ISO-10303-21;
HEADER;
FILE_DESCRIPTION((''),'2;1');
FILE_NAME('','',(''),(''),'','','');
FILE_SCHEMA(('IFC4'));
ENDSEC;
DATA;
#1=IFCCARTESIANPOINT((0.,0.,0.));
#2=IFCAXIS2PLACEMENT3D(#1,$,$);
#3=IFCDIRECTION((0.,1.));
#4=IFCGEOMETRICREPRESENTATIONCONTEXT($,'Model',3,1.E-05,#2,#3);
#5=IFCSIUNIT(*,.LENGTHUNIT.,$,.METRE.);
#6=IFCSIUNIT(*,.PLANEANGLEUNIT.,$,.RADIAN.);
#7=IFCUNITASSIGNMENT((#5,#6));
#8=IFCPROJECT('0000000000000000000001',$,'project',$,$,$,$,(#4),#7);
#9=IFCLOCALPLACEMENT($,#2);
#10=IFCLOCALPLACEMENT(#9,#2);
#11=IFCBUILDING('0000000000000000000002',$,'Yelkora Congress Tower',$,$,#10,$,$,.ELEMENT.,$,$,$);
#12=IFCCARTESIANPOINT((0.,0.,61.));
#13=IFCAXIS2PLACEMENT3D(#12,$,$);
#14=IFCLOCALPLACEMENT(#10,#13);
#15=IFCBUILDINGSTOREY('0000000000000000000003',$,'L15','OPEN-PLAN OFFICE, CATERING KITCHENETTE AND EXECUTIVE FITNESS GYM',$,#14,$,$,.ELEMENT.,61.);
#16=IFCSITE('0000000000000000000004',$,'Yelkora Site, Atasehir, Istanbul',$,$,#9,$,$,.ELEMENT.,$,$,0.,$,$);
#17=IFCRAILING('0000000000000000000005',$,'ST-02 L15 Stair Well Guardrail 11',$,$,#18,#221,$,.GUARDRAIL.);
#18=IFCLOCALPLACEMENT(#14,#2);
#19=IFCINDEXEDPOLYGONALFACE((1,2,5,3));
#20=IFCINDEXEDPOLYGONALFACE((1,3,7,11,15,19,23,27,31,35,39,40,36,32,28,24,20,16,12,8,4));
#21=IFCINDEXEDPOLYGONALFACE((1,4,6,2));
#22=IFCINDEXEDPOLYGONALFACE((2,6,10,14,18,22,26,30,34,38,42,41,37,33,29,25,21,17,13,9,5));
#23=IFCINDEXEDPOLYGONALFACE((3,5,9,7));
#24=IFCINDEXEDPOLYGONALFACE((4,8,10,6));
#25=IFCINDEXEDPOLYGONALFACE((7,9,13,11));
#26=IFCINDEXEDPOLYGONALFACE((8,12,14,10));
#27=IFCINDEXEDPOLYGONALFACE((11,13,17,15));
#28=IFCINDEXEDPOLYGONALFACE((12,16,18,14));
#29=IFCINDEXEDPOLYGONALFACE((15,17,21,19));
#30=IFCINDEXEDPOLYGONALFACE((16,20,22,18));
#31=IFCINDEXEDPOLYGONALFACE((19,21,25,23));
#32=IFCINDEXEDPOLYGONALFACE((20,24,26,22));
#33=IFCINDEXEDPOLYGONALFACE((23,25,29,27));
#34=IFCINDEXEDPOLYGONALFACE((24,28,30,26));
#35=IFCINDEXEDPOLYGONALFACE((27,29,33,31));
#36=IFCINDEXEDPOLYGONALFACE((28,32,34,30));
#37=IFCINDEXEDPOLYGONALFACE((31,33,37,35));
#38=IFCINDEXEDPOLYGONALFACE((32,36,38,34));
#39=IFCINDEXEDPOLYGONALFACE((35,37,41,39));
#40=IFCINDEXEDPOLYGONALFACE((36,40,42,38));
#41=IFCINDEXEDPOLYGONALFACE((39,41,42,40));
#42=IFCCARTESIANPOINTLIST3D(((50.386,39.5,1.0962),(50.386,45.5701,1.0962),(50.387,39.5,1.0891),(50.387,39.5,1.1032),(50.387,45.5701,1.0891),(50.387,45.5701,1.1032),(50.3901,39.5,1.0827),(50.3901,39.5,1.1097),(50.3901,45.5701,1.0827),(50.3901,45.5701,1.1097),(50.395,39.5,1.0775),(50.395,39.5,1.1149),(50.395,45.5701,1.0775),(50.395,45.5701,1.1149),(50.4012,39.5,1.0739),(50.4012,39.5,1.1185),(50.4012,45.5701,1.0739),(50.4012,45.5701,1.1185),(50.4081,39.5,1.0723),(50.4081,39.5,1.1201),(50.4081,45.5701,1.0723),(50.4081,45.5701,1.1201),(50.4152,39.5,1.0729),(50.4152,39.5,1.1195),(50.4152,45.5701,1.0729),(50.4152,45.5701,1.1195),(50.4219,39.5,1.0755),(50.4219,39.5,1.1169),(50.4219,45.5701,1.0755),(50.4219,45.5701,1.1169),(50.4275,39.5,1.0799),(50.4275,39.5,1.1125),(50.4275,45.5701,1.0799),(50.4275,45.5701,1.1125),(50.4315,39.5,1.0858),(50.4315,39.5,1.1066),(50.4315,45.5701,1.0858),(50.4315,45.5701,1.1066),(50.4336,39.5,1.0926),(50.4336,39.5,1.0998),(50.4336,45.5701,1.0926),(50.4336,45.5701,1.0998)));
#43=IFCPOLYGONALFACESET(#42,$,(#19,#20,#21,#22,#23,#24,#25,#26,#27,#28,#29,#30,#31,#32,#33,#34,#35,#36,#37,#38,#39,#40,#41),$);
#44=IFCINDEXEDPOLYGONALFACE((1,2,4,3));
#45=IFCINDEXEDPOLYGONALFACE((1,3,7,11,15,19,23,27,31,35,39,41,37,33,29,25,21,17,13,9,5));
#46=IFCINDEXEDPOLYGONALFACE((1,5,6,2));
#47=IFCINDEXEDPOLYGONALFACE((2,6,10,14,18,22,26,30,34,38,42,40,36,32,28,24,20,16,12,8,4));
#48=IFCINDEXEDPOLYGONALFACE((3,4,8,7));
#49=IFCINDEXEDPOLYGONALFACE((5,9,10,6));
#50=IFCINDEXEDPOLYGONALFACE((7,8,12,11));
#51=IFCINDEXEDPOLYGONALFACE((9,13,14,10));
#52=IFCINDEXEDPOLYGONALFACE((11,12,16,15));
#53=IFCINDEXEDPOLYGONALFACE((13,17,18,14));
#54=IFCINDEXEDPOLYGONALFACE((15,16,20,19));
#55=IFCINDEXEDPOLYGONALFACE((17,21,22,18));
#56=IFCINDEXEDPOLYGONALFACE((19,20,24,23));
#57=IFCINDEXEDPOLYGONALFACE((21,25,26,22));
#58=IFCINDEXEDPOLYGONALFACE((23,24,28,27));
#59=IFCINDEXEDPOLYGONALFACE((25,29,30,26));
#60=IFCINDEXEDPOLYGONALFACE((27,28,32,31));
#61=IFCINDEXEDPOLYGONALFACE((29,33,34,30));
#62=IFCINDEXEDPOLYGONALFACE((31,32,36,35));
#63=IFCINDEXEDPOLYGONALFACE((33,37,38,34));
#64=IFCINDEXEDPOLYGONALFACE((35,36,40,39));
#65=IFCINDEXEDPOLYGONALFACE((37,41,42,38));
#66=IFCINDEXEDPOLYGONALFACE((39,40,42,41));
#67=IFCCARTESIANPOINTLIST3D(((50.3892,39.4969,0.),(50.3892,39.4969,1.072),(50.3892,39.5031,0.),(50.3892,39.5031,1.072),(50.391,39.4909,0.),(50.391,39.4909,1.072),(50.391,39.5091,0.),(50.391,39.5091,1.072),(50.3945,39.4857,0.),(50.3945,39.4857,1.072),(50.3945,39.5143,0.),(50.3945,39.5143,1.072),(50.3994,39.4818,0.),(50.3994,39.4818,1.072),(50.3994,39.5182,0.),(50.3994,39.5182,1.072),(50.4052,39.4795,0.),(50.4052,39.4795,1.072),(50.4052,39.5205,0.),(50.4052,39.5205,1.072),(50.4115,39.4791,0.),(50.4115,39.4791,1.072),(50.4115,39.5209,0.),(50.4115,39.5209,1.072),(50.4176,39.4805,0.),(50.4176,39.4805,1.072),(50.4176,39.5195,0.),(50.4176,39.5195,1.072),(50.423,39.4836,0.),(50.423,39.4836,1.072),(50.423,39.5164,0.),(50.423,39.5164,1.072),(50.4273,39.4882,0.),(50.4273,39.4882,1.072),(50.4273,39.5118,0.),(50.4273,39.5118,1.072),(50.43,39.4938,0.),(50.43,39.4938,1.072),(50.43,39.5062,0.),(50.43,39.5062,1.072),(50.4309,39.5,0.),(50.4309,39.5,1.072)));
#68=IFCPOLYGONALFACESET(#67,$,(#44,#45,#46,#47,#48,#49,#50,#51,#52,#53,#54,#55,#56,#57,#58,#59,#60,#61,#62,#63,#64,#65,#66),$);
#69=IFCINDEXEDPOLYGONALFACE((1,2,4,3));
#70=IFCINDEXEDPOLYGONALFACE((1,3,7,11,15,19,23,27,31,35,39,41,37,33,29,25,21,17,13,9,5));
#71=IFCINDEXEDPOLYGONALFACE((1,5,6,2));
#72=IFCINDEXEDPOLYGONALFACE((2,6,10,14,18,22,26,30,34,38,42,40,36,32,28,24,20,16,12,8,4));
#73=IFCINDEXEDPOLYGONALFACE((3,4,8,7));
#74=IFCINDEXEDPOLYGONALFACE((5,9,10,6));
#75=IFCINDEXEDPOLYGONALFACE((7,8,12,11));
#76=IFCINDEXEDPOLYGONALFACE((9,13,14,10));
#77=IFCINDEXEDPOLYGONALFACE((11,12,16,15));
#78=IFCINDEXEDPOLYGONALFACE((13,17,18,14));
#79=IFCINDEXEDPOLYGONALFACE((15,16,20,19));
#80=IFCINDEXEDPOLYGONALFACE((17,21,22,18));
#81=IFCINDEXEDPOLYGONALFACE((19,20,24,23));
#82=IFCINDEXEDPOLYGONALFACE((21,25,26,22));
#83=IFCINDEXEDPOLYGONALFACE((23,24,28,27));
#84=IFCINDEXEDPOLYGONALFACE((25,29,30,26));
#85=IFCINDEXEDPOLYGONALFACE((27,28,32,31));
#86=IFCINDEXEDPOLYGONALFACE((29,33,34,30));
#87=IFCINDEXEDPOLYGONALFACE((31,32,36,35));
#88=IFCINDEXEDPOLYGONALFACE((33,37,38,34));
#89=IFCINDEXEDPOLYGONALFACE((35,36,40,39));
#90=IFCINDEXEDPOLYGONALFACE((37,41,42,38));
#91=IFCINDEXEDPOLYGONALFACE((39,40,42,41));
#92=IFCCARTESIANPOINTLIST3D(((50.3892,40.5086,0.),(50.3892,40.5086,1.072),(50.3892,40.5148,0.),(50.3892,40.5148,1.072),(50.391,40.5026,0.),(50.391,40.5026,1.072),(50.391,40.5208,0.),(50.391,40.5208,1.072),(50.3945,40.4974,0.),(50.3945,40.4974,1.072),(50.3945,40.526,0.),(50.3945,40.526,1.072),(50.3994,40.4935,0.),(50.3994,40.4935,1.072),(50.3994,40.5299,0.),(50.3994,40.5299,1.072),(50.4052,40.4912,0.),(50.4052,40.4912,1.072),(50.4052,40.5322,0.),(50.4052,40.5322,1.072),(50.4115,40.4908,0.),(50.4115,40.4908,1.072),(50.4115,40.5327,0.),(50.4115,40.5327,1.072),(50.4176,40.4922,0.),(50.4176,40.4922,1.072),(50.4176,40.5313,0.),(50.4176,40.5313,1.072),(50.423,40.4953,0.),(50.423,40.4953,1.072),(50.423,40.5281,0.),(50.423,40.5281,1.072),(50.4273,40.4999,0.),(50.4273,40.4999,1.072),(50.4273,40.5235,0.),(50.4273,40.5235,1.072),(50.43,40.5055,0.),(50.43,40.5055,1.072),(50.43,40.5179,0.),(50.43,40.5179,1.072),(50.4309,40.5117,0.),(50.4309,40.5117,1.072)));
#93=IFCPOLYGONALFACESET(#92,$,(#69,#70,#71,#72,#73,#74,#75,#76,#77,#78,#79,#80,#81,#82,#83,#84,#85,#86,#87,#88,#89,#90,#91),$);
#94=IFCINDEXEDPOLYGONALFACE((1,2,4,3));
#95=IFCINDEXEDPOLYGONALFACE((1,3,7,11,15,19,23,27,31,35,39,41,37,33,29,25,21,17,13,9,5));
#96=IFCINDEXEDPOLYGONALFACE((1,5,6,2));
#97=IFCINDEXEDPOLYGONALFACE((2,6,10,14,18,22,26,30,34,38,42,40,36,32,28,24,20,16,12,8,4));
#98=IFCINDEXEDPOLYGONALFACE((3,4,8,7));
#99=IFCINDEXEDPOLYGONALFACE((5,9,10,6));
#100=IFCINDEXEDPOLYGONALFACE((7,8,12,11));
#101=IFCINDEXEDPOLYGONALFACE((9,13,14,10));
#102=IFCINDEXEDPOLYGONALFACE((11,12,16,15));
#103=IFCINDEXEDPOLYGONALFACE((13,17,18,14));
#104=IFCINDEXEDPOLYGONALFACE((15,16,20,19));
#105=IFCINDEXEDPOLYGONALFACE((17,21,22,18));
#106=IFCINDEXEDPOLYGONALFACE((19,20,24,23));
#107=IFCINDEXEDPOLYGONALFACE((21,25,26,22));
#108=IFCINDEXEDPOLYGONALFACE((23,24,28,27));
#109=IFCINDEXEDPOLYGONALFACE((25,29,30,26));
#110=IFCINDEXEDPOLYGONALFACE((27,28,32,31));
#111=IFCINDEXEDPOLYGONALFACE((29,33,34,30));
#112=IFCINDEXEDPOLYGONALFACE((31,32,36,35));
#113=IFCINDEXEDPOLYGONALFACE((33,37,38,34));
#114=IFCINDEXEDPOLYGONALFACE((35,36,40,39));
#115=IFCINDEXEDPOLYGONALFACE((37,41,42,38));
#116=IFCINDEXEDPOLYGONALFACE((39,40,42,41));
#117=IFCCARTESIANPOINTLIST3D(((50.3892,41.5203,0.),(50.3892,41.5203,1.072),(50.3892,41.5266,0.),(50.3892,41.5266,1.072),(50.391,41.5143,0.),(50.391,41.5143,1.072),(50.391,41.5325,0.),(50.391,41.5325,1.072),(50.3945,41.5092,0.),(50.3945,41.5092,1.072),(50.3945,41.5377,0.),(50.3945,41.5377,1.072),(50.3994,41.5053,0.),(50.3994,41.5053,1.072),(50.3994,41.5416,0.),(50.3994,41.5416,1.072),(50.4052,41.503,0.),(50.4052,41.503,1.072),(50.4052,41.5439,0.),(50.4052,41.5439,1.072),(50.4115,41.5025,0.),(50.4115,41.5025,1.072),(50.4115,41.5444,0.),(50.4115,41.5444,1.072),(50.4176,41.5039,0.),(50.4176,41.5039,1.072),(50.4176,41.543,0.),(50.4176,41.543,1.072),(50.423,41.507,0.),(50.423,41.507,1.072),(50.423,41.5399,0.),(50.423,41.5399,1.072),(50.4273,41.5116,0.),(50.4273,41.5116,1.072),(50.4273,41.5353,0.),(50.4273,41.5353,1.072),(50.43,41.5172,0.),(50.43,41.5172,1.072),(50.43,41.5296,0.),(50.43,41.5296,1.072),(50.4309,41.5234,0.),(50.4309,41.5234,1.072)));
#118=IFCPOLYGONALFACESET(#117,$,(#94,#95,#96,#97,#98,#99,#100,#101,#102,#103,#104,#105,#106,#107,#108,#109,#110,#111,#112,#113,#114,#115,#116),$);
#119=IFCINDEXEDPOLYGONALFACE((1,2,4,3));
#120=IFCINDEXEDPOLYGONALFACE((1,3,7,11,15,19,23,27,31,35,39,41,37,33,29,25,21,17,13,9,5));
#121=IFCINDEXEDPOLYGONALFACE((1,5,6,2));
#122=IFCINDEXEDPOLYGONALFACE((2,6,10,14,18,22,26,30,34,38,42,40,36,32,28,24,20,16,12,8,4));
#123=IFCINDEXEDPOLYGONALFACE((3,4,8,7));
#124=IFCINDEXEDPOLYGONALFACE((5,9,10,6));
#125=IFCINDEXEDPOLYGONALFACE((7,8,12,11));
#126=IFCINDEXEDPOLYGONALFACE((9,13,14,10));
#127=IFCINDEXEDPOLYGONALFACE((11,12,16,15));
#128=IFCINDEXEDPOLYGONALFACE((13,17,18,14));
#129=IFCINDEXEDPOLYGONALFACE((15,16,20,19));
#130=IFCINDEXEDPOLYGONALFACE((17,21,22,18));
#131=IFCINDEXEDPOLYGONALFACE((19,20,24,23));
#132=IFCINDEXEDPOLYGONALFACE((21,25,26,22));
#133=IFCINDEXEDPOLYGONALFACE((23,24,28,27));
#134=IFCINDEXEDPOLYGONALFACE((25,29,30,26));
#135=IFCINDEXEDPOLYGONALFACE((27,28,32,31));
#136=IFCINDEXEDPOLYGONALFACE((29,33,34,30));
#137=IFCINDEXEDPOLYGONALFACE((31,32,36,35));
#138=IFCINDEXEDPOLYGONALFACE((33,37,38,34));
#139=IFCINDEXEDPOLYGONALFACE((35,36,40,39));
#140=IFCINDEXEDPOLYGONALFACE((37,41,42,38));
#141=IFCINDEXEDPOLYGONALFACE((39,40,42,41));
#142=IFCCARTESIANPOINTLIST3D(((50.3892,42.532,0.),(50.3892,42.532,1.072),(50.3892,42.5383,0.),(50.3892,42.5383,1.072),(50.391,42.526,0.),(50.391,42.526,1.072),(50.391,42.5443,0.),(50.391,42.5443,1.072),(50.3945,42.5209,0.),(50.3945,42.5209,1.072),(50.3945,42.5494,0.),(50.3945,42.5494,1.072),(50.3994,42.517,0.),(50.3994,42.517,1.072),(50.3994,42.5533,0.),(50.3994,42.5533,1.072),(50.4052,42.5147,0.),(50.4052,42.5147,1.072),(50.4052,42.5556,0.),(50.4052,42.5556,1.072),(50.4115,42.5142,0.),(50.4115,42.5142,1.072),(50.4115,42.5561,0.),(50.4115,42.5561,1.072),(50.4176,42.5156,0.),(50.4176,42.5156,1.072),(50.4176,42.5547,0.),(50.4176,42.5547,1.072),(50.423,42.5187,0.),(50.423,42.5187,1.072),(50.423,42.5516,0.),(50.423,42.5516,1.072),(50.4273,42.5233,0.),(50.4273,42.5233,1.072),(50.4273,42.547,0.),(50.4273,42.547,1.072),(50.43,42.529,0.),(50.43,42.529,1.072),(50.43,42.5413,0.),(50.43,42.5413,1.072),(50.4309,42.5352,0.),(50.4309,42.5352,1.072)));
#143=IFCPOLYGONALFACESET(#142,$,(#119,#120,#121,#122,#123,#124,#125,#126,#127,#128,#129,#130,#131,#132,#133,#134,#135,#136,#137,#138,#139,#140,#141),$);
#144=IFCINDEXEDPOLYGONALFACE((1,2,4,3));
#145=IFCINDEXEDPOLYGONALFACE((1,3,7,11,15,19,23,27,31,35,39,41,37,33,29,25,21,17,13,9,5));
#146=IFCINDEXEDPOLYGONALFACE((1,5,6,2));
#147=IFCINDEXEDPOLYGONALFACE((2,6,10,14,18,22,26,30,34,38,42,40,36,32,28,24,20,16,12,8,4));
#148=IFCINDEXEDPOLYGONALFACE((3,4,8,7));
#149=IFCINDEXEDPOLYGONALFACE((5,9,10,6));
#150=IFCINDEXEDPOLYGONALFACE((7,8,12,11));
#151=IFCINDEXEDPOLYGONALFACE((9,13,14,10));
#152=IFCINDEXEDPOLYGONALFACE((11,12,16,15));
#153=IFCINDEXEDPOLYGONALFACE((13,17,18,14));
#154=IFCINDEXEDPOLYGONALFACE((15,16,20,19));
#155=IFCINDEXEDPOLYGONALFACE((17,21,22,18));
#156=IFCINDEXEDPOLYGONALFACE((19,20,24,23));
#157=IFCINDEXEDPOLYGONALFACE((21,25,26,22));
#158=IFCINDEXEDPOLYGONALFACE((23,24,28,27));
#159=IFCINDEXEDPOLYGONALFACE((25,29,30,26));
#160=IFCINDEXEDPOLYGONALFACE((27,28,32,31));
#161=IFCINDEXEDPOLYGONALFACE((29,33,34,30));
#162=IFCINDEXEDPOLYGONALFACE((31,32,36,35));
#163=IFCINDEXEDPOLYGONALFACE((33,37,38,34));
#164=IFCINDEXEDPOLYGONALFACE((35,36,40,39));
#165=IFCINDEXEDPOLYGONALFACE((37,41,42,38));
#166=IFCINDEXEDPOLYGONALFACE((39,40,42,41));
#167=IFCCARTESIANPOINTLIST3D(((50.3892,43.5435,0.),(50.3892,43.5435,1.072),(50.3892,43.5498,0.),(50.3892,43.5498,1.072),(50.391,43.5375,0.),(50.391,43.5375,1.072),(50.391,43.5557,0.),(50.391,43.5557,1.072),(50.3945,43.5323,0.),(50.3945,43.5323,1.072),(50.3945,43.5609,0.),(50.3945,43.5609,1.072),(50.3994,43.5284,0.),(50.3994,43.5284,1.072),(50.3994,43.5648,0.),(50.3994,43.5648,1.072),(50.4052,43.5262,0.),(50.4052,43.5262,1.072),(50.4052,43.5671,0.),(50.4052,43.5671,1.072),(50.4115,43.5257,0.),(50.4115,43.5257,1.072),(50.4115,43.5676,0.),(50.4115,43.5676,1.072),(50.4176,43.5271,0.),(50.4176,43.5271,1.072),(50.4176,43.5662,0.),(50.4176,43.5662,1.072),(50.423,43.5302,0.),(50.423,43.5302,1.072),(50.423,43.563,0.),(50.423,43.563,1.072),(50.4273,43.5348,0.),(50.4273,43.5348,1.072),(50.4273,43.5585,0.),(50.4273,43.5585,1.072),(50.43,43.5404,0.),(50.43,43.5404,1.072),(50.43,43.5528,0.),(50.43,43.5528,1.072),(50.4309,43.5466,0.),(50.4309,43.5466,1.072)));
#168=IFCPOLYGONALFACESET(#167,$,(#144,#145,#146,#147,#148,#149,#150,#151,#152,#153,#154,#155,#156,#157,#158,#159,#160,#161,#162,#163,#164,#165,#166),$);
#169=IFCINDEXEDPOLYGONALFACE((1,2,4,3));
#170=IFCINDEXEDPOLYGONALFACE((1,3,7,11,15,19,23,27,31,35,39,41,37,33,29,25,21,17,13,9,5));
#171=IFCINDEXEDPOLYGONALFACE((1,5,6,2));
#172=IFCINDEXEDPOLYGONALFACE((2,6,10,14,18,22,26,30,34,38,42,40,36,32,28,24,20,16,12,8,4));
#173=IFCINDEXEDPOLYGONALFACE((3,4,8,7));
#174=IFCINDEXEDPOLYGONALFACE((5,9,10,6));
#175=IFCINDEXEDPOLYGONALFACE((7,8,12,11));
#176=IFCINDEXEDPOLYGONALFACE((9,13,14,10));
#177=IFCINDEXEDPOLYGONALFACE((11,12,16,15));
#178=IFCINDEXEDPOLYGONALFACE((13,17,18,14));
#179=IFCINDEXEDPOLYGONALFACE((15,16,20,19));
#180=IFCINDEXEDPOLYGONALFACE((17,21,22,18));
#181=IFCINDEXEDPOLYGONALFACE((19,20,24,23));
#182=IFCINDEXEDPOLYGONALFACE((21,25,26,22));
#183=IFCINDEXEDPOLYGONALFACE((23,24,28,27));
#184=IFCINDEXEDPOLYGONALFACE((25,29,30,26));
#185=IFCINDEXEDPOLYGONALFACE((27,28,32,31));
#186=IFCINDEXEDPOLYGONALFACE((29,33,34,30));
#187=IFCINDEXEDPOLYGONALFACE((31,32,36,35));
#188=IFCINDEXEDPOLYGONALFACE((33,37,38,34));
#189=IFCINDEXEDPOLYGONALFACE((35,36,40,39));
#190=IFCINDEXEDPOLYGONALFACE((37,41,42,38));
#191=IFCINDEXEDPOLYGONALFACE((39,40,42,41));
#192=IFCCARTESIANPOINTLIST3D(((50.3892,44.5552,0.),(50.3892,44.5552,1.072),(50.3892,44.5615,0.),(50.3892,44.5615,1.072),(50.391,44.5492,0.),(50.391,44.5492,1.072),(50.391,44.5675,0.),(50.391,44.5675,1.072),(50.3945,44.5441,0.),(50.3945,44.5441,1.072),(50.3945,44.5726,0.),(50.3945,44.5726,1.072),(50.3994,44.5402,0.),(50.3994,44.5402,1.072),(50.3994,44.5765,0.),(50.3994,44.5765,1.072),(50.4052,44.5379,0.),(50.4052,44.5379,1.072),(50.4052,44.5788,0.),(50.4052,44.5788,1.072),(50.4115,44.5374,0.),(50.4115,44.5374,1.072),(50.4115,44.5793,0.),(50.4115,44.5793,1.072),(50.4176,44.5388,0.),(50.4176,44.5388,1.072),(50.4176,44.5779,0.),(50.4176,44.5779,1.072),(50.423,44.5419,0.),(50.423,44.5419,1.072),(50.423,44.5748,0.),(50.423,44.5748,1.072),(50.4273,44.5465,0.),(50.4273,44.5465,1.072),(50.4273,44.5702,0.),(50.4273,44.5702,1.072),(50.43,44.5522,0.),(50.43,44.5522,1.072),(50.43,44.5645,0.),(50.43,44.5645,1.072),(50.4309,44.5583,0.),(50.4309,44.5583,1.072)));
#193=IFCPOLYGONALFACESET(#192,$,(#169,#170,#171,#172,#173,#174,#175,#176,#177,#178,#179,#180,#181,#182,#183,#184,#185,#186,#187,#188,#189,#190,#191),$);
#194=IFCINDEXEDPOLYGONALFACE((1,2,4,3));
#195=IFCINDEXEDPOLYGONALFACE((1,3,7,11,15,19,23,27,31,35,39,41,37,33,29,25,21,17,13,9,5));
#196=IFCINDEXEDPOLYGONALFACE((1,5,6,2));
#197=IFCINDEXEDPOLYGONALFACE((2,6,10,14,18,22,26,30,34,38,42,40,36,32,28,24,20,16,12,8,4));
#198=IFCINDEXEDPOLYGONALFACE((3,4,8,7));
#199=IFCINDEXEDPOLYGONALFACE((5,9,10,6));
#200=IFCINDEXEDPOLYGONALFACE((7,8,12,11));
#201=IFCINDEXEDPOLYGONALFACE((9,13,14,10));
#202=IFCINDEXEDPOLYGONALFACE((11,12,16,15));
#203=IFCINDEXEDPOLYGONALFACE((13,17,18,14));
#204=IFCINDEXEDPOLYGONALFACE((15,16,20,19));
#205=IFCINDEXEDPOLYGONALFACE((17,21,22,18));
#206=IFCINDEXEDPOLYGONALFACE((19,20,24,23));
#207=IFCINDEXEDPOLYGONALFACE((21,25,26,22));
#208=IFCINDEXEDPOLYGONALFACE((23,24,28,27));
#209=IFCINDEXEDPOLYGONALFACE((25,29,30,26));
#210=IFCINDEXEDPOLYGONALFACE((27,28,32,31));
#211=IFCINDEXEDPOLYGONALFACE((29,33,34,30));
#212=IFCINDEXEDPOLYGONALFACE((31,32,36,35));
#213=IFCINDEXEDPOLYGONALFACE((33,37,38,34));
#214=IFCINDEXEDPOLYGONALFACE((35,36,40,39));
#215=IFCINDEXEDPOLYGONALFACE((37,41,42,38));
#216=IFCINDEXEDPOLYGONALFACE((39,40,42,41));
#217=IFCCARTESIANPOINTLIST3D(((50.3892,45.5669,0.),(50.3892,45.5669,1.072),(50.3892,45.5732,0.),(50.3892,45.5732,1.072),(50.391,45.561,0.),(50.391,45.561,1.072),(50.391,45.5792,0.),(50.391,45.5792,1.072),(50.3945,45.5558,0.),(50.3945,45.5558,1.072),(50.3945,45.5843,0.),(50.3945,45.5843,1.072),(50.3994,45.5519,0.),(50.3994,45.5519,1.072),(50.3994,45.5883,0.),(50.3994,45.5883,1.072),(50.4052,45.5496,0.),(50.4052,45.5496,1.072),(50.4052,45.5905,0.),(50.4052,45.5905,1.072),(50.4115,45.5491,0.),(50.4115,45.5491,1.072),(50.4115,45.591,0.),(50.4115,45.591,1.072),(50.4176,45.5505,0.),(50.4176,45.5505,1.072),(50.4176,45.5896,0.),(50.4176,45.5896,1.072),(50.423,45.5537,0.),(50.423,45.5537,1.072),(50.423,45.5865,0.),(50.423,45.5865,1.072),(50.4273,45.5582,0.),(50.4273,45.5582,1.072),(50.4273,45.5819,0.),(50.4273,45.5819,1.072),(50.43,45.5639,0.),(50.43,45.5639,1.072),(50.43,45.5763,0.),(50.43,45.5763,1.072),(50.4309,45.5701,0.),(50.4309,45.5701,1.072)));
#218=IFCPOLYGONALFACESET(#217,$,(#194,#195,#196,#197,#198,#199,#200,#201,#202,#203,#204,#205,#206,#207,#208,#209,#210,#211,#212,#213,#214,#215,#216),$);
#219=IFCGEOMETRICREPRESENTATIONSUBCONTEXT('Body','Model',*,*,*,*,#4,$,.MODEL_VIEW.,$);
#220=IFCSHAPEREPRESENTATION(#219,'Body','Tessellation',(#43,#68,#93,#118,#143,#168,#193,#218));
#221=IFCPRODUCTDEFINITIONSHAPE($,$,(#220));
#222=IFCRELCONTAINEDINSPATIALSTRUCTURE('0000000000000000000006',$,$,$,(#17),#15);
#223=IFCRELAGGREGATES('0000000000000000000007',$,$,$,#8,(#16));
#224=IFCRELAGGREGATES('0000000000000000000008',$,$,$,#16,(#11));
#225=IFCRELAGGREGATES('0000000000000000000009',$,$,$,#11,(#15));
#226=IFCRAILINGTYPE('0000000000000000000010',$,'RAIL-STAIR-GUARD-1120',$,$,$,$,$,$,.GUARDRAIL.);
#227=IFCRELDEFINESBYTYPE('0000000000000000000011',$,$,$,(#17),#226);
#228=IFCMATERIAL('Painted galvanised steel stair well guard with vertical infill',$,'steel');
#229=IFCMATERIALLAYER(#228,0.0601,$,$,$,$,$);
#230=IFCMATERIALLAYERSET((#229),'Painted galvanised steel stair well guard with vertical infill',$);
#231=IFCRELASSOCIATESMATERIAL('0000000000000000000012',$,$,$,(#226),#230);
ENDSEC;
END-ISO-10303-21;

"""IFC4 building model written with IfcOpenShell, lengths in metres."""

from ifc_helpers import new_model, si_unit, direction, frame, origin, origin_2d, place, context, subcontext, project, spatial, circle, extrude, material, layer, layer_set, type_object, element, save


model = new_model("IFC4")

# Units and contexts
model_context = context("Model", 3, precision=1e-05, world=origin(), true_north=direction((0.0, 1.0)))
body_context = subcontext(model_context, "Body", "Model", "MODEL_VIEW")
ifc_project = project(units=[si_unit("LENGTHUNIT", "METRE"), si_unit("PLANEANGLEUNIT", "RADIAN")], contexts=[model_context])

# Site, building, storey
site_placement = place(None, origin())
site = spatial("IfcSite", under=ifc_project, at=site_placement, Name="Yelkora Site, Atasehir, Istanbul", CompositionType="ELEMENT", RefElevation=0.0)
building_placement = place(site_placement, origin())
building = spatial("IfcBuilding", under=site, at=building_placement, Name="Yelkora Congress Tower", CompositionType="ELEMENT")
storey_placement = place(building_placement, frame((0.0, 0.0, 61.0)))
storey = spatial("IfcBuildingStorey", under=building, at=storey_placement, Name="L15", Description="OPEN-PLAN OFFICE, CATERING KITCHENETTE AND EXECUTIVE FITNESS GYM", CompositionType="ELEMENT", Elevation=61.0)

# Railing
ifc_material_1 = material(Name="Painted galvanised steel stair well guard with vertical infill", Category="steel")
ifc_layer_1 = layer(ifc_material_1, 0.0601)
ifc_layer_set_1 = layer_set([ifc_layer_1], Name="Painted galvanised steel stair well guard with vertical infill")
railing_type_1 = type_object("IfcRailingType", Name="RAIL-STAIR-GUARD-1120", PredefinedType="GUARDRAIL", material=ifc_layer_set_1)
railing_1_placement = place(storey_placement, frame((50.4099, 39.5, 0.0)))
element("IfcRailing", 1, at=railing_1_placement, inside=storey, type_object=railing_type_1, Name="ST-02 L15 Stair Well Guardrail 11", PredefinedType="GUARDRAIL", context=body_context, shape_type="SweptSolid", body=[
    extrude(circle(Radius=0.0239, at=origin_2d()), frame((0.0, 0.0, 1.0962), z_axis=(0.0, 1.0, 0.0), x_axis=(-1.0, 0.0, 0.0)), (0.0, 0.0, 1.0), 6.0701),
    extrude(circle(Radius=0.021, at=origin_2d()), origin(), (0.0, 0.0, 1.0), 1.072),
    extrude(circle(Radius=0.021, at=origin_2d()), frame((0.0, 1.0117, 0.0)), (0.0, 0.0, 1.0), 1.072),
    extrude(circle(Radius=0.021, at=origin_2d()), frame((0.0, 2.0234, 0.0)), (0.0, 0.0, 1.0), 1.072),
    extrude(circle(Radius=0.021, at=origin_2d()), frame((0.0, 3.0352, 0.0)), (0.0, 0.0, 1.0), 1.072),
    extrude(circle(Radius=0.021, at=origin_2d()), frame((0.0, 4.0466, 0.0)), (0.0, 0.0, 1.0), 1.072),
    extrude(circle(Radius=0.021, at=origin_2d()), frame((0.0, 5.0583, 0.0)), (0.0, 0.0, 1.0), 1.072),
    extrude(circle(Radius=0.021, at=origin_2d()), frame((0.0, 6.0701, 0.0)), (0.0, 0.0, 1.0), 1.072),
])

save(model, "model.ifc")
